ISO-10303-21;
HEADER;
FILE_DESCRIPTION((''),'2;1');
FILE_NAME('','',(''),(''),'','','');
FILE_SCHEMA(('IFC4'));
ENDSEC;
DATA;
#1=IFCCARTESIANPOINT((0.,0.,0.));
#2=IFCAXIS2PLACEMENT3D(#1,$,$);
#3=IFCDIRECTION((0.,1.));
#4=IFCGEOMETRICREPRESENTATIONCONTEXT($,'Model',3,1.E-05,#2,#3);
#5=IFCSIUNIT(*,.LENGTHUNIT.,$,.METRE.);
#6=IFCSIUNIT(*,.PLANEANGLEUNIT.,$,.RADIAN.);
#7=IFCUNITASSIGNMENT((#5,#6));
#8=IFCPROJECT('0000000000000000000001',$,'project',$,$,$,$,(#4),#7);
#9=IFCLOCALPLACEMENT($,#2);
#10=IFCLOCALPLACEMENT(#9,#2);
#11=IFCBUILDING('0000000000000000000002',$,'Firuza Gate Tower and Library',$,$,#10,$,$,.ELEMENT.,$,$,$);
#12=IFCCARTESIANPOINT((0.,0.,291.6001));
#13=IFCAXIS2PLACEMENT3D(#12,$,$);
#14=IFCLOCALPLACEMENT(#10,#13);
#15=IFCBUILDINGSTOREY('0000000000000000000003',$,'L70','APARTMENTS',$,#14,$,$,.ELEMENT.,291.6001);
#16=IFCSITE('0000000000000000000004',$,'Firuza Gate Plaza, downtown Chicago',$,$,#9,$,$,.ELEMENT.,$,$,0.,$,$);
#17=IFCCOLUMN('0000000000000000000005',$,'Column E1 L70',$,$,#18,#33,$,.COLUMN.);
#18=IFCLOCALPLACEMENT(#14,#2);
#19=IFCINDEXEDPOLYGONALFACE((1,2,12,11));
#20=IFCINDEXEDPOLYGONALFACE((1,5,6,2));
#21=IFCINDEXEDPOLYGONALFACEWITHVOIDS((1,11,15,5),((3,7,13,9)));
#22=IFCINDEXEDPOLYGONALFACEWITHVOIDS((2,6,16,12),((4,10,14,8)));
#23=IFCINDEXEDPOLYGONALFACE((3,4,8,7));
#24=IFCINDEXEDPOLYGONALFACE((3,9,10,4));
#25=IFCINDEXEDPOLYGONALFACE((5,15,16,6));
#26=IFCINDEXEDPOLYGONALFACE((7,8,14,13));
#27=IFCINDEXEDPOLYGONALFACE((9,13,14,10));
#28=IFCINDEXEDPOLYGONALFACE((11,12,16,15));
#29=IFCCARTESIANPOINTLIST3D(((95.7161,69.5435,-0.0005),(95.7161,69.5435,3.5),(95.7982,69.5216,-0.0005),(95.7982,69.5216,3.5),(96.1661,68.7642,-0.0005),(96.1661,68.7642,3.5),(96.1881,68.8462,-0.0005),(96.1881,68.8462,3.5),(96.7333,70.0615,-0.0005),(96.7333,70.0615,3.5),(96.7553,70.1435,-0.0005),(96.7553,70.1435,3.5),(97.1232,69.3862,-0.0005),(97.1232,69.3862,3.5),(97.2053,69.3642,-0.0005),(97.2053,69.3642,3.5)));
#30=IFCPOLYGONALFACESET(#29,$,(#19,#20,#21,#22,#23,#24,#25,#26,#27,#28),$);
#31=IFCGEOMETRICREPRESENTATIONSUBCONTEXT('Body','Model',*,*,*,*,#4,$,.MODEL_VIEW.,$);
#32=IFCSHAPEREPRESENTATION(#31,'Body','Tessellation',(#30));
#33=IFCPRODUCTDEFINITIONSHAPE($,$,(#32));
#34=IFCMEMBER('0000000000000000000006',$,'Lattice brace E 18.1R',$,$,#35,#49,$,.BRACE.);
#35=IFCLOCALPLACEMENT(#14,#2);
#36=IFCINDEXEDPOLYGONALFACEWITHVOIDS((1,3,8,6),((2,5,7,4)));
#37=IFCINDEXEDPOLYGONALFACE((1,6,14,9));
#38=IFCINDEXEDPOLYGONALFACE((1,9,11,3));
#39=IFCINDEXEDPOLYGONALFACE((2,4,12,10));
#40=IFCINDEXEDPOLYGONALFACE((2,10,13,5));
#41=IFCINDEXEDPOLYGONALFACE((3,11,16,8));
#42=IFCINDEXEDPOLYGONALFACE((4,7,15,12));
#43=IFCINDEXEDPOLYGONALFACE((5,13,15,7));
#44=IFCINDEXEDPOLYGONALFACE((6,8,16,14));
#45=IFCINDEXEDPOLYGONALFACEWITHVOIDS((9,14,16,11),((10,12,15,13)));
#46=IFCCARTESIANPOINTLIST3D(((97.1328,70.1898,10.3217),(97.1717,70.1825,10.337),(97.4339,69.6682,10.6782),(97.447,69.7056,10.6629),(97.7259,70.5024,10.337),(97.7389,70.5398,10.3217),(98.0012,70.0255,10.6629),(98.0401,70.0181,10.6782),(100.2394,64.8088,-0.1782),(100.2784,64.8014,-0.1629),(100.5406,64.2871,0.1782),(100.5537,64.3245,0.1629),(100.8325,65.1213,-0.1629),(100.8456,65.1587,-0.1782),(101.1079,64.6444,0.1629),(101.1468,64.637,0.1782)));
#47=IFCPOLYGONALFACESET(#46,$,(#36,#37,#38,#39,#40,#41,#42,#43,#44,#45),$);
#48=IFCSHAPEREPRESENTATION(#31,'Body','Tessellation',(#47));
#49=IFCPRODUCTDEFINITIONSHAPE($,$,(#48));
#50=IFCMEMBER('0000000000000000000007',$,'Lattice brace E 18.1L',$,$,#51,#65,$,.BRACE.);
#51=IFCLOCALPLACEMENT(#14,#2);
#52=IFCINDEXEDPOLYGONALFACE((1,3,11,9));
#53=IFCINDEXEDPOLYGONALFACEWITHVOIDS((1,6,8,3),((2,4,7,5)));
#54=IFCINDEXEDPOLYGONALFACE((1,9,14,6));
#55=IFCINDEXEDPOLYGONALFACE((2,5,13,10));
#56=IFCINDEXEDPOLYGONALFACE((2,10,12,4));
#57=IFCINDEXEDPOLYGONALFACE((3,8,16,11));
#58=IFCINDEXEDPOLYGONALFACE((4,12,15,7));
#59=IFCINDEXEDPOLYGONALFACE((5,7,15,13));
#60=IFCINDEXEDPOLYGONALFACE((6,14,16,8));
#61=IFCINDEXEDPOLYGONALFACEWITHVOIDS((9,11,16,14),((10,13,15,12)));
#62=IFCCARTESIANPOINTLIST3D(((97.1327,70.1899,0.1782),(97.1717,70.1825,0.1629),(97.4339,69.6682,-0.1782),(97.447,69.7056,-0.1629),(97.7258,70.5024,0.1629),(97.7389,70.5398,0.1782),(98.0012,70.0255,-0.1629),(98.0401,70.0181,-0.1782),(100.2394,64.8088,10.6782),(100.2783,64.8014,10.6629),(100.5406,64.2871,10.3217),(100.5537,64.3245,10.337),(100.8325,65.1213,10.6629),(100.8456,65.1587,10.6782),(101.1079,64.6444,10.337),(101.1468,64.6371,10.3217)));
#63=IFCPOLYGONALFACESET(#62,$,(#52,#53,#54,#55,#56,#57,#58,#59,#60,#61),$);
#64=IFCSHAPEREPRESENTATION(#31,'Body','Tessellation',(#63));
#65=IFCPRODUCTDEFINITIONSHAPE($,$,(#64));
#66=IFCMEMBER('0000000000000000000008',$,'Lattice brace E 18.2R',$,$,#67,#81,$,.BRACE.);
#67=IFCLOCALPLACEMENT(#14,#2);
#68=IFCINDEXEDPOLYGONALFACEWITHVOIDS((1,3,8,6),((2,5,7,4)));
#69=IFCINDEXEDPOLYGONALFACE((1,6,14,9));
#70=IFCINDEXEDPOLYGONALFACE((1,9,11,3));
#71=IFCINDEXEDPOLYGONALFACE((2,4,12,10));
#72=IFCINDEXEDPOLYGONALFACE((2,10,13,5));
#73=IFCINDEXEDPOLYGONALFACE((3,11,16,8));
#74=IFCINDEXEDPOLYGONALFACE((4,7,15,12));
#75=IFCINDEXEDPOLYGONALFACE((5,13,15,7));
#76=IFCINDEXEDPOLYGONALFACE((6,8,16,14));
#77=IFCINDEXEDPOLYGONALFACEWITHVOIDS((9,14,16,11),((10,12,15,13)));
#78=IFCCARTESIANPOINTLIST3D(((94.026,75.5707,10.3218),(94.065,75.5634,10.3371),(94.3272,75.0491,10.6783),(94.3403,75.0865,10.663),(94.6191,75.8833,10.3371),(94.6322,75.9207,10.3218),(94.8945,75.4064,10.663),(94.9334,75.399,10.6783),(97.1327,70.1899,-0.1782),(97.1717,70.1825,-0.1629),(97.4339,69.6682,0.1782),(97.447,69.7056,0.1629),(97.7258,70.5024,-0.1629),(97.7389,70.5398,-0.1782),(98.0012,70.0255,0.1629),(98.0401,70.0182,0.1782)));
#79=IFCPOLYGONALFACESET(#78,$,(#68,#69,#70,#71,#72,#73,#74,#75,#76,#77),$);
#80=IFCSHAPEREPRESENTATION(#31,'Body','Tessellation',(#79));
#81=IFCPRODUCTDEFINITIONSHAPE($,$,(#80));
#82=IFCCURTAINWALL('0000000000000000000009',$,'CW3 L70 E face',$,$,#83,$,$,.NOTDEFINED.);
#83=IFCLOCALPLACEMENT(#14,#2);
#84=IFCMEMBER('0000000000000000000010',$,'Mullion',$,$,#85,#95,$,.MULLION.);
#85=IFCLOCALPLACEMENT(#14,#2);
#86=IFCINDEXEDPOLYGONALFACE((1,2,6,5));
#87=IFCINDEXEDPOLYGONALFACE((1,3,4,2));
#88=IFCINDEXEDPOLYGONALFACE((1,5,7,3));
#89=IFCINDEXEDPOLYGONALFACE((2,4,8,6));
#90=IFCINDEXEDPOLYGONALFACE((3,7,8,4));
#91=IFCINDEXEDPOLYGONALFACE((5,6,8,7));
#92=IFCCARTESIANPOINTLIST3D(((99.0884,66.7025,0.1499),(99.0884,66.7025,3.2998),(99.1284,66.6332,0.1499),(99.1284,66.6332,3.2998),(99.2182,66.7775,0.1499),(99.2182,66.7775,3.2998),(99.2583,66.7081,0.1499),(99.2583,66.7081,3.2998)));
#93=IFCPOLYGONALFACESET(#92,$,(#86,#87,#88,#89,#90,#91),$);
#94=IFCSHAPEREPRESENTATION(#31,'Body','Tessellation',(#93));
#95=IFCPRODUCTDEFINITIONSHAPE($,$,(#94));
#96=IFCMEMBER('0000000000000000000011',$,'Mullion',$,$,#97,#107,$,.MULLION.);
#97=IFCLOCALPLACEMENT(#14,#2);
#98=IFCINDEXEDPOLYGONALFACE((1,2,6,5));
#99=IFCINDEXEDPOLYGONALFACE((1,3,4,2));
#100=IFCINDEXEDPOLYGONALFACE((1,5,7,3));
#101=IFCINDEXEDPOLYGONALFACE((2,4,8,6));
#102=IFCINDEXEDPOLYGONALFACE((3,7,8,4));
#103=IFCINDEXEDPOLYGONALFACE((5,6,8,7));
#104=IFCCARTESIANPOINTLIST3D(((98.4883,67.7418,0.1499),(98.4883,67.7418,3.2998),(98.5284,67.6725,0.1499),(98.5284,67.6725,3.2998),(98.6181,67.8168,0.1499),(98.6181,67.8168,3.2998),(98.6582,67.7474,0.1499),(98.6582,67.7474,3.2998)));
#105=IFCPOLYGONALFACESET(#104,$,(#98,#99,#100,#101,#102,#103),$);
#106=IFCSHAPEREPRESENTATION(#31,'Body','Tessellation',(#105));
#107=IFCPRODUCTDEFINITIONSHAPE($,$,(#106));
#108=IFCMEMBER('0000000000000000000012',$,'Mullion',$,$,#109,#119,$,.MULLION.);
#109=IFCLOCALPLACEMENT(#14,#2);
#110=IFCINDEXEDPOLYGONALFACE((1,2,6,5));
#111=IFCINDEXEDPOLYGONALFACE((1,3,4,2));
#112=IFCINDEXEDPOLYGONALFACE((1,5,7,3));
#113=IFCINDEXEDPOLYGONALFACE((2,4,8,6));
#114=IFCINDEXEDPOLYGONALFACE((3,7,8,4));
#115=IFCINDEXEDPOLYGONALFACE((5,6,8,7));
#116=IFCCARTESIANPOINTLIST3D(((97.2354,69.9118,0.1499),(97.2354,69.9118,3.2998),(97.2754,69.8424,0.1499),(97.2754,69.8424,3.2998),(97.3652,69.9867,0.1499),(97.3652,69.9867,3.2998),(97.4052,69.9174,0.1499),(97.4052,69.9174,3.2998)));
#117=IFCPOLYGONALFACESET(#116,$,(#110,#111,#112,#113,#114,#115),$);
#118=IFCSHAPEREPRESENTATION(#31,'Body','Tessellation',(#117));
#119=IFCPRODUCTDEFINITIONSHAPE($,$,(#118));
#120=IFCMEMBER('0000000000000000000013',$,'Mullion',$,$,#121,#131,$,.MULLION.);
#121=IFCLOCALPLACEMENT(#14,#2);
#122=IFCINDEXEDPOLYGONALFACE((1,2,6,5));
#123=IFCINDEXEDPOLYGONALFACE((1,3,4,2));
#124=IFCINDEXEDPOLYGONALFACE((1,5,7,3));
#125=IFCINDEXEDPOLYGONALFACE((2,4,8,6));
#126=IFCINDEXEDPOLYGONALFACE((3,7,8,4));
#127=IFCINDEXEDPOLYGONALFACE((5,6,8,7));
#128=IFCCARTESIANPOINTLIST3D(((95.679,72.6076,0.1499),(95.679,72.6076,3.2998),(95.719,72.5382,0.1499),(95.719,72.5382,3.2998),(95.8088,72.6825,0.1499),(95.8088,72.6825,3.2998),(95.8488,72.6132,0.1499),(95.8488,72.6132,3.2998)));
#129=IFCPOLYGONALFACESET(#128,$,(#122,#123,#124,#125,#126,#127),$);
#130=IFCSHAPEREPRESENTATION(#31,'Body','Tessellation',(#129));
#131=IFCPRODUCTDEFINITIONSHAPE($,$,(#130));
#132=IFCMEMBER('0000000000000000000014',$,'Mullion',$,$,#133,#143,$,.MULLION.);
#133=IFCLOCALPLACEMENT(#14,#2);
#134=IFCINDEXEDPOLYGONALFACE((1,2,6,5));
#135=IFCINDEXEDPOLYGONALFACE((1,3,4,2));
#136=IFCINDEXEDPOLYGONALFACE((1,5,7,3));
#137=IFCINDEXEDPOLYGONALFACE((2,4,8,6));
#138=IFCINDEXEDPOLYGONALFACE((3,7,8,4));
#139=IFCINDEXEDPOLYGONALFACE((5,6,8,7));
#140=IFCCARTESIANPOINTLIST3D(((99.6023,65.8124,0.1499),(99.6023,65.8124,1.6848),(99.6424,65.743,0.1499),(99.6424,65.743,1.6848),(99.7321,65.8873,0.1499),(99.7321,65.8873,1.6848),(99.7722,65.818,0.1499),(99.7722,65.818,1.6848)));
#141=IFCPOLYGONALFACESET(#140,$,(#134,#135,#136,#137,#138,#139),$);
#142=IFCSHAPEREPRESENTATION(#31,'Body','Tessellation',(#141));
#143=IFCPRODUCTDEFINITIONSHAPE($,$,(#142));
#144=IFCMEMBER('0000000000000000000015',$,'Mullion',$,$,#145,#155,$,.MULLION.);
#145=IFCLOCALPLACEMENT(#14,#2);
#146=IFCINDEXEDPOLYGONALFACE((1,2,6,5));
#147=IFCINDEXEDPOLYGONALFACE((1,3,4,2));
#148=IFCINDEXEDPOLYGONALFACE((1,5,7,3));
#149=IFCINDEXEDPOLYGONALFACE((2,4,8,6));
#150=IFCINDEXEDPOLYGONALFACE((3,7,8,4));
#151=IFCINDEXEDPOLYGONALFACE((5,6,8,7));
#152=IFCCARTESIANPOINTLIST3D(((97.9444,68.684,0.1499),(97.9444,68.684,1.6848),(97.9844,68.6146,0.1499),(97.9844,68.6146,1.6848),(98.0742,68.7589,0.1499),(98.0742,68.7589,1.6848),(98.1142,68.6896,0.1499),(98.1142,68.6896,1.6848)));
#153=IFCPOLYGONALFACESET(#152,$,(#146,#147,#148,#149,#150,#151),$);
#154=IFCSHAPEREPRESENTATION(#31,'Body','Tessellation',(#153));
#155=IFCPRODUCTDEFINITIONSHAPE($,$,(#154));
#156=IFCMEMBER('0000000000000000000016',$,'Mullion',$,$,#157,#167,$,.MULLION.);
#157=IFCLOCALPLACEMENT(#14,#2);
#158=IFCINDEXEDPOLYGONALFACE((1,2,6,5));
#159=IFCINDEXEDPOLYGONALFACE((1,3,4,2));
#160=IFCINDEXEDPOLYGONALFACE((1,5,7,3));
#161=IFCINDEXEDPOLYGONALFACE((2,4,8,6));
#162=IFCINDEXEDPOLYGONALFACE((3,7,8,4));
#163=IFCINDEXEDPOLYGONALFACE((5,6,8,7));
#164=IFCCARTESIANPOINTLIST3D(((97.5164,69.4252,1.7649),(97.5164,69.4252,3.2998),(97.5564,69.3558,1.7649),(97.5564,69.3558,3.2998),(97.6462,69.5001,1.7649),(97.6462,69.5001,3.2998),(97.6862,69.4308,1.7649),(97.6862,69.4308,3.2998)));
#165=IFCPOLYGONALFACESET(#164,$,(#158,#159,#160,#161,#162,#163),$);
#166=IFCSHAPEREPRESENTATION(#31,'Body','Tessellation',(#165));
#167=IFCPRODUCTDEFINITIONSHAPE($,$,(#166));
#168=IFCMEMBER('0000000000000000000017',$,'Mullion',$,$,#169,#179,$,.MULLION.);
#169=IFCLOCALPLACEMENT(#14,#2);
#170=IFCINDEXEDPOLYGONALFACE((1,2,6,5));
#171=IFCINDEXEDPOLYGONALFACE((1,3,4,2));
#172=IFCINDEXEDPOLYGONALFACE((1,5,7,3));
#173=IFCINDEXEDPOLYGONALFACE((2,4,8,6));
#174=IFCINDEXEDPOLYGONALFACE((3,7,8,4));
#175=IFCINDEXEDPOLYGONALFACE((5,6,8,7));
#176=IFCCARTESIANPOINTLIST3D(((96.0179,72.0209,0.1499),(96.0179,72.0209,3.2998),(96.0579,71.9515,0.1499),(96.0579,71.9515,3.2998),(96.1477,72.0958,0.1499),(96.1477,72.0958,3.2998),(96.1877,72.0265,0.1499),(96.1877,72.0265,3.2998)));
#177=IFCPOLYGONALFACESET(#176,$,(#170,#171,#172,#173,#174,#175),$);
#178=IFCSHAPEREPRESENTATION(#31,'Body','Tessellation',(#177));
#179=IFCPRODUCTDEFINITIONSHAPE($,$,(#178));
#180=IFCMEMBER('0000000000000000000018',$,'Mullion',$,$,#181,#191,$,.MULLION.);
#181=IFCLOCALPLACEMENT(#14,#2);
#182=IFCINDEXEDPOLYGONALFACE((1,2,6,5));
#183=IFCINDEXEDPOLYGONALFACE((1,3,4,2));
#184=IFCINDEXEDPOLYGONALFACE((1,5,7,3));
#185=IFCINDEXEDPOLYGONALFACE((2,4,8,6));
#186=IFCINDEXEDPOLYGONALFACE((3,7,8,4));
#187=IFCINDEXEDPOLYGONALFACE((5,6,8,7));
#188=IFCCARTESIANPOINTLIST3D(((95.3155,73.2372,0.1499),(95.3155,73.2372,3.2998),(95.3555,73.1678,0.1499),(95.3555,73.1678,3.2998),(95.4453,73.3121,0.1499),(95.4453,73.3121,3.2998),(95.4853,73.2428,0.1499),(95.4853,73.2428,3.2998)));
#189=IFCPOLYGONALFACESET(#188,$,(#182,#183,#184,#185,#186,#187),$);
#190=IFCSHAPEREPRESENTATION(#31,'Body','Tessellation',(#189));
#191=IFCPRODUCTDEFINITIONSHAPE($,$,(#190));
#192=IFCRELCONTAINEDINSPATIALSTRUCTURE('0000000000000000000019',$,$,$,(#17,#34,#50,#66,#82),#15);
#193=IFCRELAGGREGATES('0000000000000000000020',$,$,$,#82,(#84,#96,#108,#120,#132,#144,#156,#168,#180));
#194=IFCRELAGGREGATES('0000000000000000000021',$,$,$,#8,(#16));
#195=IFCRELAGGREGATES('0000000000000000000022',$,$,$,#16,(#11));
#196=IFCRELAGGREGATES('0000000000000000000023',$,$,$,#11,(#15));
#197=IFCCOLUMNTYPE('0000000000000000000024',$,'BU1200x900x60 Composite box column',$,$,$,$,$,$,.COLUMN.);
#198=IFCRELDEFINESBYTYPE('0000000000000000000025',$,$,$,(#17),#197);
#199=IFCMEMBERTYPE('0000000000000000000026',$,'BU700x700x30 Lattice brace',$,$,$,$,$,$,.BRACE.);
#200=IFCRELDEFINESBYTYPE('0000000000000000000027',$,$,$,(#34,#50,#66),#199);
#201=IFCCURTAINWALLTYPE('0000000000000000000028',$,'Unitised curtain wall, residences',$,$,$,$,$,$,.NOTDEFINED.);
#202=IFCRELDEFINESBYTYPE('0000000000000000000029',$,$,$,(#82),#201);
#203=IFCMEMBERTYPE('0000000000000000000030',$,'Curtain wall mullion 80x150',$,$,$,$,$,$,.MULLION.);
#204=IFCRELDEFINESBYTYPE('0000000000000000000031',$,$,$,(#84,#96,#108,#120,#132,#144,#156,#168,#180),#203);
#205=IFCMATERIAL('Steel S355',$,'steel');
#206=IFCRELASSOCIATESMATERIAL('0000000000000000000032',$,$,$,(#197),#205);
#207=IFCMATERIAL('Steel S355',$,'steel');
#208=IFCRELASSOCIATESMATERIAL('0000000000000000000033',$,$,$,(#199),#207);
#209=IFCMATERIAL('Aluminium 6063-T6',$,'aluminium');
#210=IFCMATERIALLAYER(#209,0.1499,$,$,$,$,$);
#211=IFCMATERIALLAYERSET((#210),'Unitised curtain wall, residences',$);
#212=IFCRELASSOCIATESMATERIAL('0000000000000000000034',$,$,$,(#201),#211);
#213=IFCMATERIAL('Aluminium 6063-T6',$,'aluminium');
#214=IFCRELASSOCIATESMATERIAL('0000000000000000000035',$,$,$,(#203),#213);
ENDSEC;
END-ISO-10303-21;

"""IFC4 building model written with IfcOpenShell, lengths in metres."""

from ifc_helpers import new_model, si_unit, direction, frame, origin, origin_2d, place, context, subcontext, project, spatial, rectangle, hollow_rectangle, extrude, material, layer, layer_set, material_profile, profile_set, type_object, element, aggregate, save


model = new_model("IFC4")

# Units and contexts
model_context = context("Model", 3, precision=1e-05, world=origin(), true_north=direction((0.0, 1.0)))
body_context = subcontext(model_context, "Body", "Model", "MODEL_VIEW")
ifc_project = project(units=[si_unit("LENGTHUNIT", "METRE"), si_unit("PLANEANGLEUNIT", "RADIAN")], contexts=[model_context])

# Site, building, storey
site_placement = place(None, origin())
site = spatial("IfcSite", under=ifc_project, at=site_placement, Name="Firuza Gate Plaza, downtown Chicago", CompositionType="ELEMENT", RefElevation=0.0)
building_placement = place(site_placement, origin())
building = spatial("IfcBuilding", under=site, at=building_placement, Name="Firuza Gate Tower and Library", CompositionType="ELEMENT")
storey_placement = place(building_placement, frame((0.0, 0.0, 291.6001)))
storey = spatial("IfcBuildingStorey", under=building, at=storey_placement, Name="L70", Description="APARTMENTS", CompositionType="ELEMENT", Elevation=291.6001)

# Column
ifc_material_1 = material(Name="Steel S355", Category="steel")
ifc_material_profile_1 = material_profile(ifc_material_1, hollow_rectangle(XDim=0.8999, YDim=1.2, WallThickness=0.0601, at=origin_2d()))
ifc_profile_set_1 = profile_set([ifc_material_profile_1], Name="Steel S355")
column_type = type_object("IfcColumnType", Name="BU1200x900x60 Composite box column", PredefinedType="COLUMN", material=ifc_profile_set_1)
column_placement = place(storey_placement, frame((96.4607, 69.4539, -0.0005), z_axis=(0.0, 0.0, 1.0), x_axis=(-0.5, 0.866025, 0.0)))
element("IfcColumn", 1, at=column_placement, inside=storey, type_object=column_type, Name="Column E1 L70", PredefinedType="COLUMN", context=body_context, shape_type="SweptSolid", body=[
    extrude(hollow_rectangle(XDim=0.8999, YDim=1.2, WallThickness=0.0601, at=origin_2d()), origin(), (0.0, 0.0, 1.0), 3.5005),
])

# Members
ifc_material_2 = material(Name="Steel S355", Category="steel")
ifc_material_profile_2 = material_profile(ifc_material_2, hollow_rectangle(XDim=0.7, YDim=0.7, WallThickness=0.03, at=origin_2d()))
ifc_profile_set_2 = profile_set([ifc_material_profile_2], Name="Steel S355")
member_type_1 = type_object("IfcMemberType", Name="BU700x700x30 Lattice brace", PredefinedType="BRACE", material=ifc_profile_set_2)
for number, where, z_axis, x_axis, name in (
    (2, (100.6931, 64.7229, 0.0), (-0.254631, 0.441048, 0.860604), (-0.866032, -0.499989, 0.0), "Lattice brace E 18.1R"),
    (3, (97.5864, 70.104, 0.0), (0.254631, -0.441048, 0.860604), (0.866032, 0.499989, 0.0), "Lattice brace E 18.1L"),
    (4, (97.5864, 70.104, 0.0), (-0.254634, 0.441032, 0.860612), (-0.866022, -0.500006, 0.0), "Lattice brace E 18.2R"),
):
    element("IfcMember", number, at=place(storey_placement, frame(where, z_axis=z_axis, x_axis=x_axis)), inside=storey, type_object=member_type_1, Name=name, PredefinedType="BRACE", context=body_context, shape_type="SweptSolid", body=[
        extrude(hollow_rectangle(XDim=0.7, YDim=0.7, WallThickness=0.03, at=origin_2d()), origin(), (0.0, 0.0, 1.0), 12.2007),
    ])

# Curtain wall, members
ifc_material_3 = material(Name="Aluminium 6063-T6", Category="aluminium")
ifc_layer_1 = layer(ifc_material_3, 0.1499)
ifc_layer_set_1 = layer_set([ifc_layer_1], Name="Unitised curtain wall, residences")
curtain_wall_type = type_object("IfcCurtainWallType", Name="Unitised curtain wall, residences", PredefinedType="NOTDEFINED", material=ifc_layer_set_1)
curtain_wall_placement = place(storey_placement, origin())
curtain_wall = element("IfcCurtainWall", 5, at=curtain_wall_placement, inside=storey, type_object=curtain_wall_type, Name="CW3 L70 E face", PredefinedType="NOTDEFINED")
ifc_material_4 = material(Name="Aluminium 6063-T6", Category="aluminium")
ifc_material_profile_3 = material_profile(ifc_material_4, rectangle(XDim=0.1499, YDim=0.0801, at=origin_2d()))
ifc_profile_set_3 = profile_set([ifc_material_profile_3], Name="Aluminium 6063-T6")
member_type_2 = type_object("IfcMemberType", Name="Curtain wall mullion 80x150", PredefinedType="MULLION", material=ifc_profile_set_3)
member_1_placement = place(storey_placement, frame((99.1733, 66.7053, 0.1499), z_axis=(0.0, 0.0, 1.0), x_axis=(-0.866025, -0.5, 0.0)))
member_1 = element("IfcMember", 6, at=member_1_placement, type_object=member_type_2, Name="Mullion", PredefinedType="MULLION", context=body_context, shape_type="SweptSolid", body=[
    extrude(rectangle(XDim=0.1499, YDim=0.0801, at=origin_2d()), origin(), (0.0, 0.0, 1.0), 3.1499),
])
member_2_placement = place(storey_placement, frame((98.5732, 67.7446, 0.1499), z_axis=(0.0, 0.0, 1.0), x_axis=(-0.866025, -0.5, 0.0)))
member_2 = element("IfcMember", 7, at=member_2_placement, type_object=member_type_2, Name="Mullion", PredefinedType="MULLION", context=body_context, shape_type="SweptSolid", body=[
    extrude(rectangle(XDim=0.1499, YDim=0.0801, at=origin_2d()), origin(), (0.0, 0.0, 1.0), 3.1499),
])
member_3_placement = place(storey_placement, frame((97.3203, 69.9146, 0.1499), z_axis=(0.0, 0.0, 1.0), x_axis=(-0.866025, -0.5, 0.0)))
member_3 = element("IfcMember", 8, at=member_3_placement, type_object=member_type_2, Name="Mullion", PredefinedType="MULLION", context=body_context, shape_type="SweptSolid", body=[
    extrude(rectangle(XDim=0.1499, YDim=0.0801, at=origin_2d()), origin(), (0.0, 0.0, 1.0), 3.1499),
])
member_4_placement = place(storey_placement, frame((95.7639, 72.6104, 0.1499), z_axis=(0.0, 0.0, 1.0), x_axis=(-0.866025, -0.5, 0.0)))
member_4 = element("IfcMember", 9, at=member_4_placement, type_object=member_type_2, Name="Mullion", PredefinedType="MULLION", context=body_context, shape_type="SweptSolid", body=[
    extrude(rectangle(XDim=0.1499, YDim=0.0801, at=origin_2d()), origin(), (0.0, 0.0, 1.0), 3.1499),
])
member_5_placement = place(storey_placement, frame((99.6873, 65.8152, 0.1499), z_axis=(0.0, 0.0, 1.0), x_axis=(-0.866025, -0.5, 0.0)))
member_5 = element("IfcMember", 10, at=member_5_placement, type_object=member_type_2, Name="Mullion", PredefinedType="MULLION", context=body_context, shape_type="SweptSolid", body=[
    extrude(rectangle(XDim=0.1499, YDim=0.0801, at=origin_2d()), origin(), (0.0, 0.0, 1.0), 1.5349),
])
member_6_placement = place(storey_placement, frame((98.0293, 68.6868, 0.1499), z_axis=(0.0, 0.0, 1.0), x_axis=(-0.866025, -0.5, 0.0)))
member_6 = element("IfcMember", 11, at=member_6_placement, type_object=member_type_2, Name="Mullion", PredefinedType="MULLION", context=body_context, shape_type="SweptSolid", body=[
    extrude(rectangle(XDim=0.1499, YDim=0.0801, at=origin_2d()), origin(), (0.0, 0.0, 1.0), 1.5349),
])
member_7_placement = place(storey_placement, frame((97.6013, 69.428, 1.7649), z_axis=(0.0, 0.0, 1.0), x_axis=(-0.866025, -0.5, 0.0)))
member_7 = element("IfcMember", 12, at=member_7_placement, type_object=member_type_2, Name="Mullion", PredefinedType="MULLION", context=body_context, shape_type="SweptSolid", body=[
    extrude(rectangle(XDim=0.1499, YDim=0.0801, at=origin_2d()), origin(), (0.0, 0.0, 1.0), 1.5349),
])
member_8_placement = place(storey_placement, frame((96.1028, 72.0237, 0.1499), z_axis=(0.0, 0.0, 1.0), x_axis=(-0.866025, -0.5, 0.0)))
member_8 = element("IfcMember", 13, at=member_8_placement, type_object=member_type_2, Name="Mullion", PredefinedType="MULLION", context=body_context, shape_type="SweptSolid", body=[
    extrude(rectangle(XDim=0.1499, YDim=0.0801, at=origin_2d()), origin(), (0.0, 0.0, 1.0), 3.1499),
])
member_9_placement = place(storey_placement, frame((95.4004, 73.24, 0.1499), z_axis=(0.0, 0.0, 1.0), x_axis=(-0.866025, -0.5, 0.0)))
member_9 = element("IfcMember", 14, at=member_9_placement, type_object=member_type_2, Name="Mullion", PredefinedType="MULLION", context=body_context, shape_type="SweptSolid", body=[
    extrude(rectangle(XDim=0.1499, YDim=0.0801, at=origin_2d()), origin(), (0.0, 0.0, 1.0), 3.1499),
])

aggregate(curtain_wall, [member_1, member_2, member_3, member_4, member_5, member_6, member_7, member_8, member_9])

save(model, "model.ifc")
